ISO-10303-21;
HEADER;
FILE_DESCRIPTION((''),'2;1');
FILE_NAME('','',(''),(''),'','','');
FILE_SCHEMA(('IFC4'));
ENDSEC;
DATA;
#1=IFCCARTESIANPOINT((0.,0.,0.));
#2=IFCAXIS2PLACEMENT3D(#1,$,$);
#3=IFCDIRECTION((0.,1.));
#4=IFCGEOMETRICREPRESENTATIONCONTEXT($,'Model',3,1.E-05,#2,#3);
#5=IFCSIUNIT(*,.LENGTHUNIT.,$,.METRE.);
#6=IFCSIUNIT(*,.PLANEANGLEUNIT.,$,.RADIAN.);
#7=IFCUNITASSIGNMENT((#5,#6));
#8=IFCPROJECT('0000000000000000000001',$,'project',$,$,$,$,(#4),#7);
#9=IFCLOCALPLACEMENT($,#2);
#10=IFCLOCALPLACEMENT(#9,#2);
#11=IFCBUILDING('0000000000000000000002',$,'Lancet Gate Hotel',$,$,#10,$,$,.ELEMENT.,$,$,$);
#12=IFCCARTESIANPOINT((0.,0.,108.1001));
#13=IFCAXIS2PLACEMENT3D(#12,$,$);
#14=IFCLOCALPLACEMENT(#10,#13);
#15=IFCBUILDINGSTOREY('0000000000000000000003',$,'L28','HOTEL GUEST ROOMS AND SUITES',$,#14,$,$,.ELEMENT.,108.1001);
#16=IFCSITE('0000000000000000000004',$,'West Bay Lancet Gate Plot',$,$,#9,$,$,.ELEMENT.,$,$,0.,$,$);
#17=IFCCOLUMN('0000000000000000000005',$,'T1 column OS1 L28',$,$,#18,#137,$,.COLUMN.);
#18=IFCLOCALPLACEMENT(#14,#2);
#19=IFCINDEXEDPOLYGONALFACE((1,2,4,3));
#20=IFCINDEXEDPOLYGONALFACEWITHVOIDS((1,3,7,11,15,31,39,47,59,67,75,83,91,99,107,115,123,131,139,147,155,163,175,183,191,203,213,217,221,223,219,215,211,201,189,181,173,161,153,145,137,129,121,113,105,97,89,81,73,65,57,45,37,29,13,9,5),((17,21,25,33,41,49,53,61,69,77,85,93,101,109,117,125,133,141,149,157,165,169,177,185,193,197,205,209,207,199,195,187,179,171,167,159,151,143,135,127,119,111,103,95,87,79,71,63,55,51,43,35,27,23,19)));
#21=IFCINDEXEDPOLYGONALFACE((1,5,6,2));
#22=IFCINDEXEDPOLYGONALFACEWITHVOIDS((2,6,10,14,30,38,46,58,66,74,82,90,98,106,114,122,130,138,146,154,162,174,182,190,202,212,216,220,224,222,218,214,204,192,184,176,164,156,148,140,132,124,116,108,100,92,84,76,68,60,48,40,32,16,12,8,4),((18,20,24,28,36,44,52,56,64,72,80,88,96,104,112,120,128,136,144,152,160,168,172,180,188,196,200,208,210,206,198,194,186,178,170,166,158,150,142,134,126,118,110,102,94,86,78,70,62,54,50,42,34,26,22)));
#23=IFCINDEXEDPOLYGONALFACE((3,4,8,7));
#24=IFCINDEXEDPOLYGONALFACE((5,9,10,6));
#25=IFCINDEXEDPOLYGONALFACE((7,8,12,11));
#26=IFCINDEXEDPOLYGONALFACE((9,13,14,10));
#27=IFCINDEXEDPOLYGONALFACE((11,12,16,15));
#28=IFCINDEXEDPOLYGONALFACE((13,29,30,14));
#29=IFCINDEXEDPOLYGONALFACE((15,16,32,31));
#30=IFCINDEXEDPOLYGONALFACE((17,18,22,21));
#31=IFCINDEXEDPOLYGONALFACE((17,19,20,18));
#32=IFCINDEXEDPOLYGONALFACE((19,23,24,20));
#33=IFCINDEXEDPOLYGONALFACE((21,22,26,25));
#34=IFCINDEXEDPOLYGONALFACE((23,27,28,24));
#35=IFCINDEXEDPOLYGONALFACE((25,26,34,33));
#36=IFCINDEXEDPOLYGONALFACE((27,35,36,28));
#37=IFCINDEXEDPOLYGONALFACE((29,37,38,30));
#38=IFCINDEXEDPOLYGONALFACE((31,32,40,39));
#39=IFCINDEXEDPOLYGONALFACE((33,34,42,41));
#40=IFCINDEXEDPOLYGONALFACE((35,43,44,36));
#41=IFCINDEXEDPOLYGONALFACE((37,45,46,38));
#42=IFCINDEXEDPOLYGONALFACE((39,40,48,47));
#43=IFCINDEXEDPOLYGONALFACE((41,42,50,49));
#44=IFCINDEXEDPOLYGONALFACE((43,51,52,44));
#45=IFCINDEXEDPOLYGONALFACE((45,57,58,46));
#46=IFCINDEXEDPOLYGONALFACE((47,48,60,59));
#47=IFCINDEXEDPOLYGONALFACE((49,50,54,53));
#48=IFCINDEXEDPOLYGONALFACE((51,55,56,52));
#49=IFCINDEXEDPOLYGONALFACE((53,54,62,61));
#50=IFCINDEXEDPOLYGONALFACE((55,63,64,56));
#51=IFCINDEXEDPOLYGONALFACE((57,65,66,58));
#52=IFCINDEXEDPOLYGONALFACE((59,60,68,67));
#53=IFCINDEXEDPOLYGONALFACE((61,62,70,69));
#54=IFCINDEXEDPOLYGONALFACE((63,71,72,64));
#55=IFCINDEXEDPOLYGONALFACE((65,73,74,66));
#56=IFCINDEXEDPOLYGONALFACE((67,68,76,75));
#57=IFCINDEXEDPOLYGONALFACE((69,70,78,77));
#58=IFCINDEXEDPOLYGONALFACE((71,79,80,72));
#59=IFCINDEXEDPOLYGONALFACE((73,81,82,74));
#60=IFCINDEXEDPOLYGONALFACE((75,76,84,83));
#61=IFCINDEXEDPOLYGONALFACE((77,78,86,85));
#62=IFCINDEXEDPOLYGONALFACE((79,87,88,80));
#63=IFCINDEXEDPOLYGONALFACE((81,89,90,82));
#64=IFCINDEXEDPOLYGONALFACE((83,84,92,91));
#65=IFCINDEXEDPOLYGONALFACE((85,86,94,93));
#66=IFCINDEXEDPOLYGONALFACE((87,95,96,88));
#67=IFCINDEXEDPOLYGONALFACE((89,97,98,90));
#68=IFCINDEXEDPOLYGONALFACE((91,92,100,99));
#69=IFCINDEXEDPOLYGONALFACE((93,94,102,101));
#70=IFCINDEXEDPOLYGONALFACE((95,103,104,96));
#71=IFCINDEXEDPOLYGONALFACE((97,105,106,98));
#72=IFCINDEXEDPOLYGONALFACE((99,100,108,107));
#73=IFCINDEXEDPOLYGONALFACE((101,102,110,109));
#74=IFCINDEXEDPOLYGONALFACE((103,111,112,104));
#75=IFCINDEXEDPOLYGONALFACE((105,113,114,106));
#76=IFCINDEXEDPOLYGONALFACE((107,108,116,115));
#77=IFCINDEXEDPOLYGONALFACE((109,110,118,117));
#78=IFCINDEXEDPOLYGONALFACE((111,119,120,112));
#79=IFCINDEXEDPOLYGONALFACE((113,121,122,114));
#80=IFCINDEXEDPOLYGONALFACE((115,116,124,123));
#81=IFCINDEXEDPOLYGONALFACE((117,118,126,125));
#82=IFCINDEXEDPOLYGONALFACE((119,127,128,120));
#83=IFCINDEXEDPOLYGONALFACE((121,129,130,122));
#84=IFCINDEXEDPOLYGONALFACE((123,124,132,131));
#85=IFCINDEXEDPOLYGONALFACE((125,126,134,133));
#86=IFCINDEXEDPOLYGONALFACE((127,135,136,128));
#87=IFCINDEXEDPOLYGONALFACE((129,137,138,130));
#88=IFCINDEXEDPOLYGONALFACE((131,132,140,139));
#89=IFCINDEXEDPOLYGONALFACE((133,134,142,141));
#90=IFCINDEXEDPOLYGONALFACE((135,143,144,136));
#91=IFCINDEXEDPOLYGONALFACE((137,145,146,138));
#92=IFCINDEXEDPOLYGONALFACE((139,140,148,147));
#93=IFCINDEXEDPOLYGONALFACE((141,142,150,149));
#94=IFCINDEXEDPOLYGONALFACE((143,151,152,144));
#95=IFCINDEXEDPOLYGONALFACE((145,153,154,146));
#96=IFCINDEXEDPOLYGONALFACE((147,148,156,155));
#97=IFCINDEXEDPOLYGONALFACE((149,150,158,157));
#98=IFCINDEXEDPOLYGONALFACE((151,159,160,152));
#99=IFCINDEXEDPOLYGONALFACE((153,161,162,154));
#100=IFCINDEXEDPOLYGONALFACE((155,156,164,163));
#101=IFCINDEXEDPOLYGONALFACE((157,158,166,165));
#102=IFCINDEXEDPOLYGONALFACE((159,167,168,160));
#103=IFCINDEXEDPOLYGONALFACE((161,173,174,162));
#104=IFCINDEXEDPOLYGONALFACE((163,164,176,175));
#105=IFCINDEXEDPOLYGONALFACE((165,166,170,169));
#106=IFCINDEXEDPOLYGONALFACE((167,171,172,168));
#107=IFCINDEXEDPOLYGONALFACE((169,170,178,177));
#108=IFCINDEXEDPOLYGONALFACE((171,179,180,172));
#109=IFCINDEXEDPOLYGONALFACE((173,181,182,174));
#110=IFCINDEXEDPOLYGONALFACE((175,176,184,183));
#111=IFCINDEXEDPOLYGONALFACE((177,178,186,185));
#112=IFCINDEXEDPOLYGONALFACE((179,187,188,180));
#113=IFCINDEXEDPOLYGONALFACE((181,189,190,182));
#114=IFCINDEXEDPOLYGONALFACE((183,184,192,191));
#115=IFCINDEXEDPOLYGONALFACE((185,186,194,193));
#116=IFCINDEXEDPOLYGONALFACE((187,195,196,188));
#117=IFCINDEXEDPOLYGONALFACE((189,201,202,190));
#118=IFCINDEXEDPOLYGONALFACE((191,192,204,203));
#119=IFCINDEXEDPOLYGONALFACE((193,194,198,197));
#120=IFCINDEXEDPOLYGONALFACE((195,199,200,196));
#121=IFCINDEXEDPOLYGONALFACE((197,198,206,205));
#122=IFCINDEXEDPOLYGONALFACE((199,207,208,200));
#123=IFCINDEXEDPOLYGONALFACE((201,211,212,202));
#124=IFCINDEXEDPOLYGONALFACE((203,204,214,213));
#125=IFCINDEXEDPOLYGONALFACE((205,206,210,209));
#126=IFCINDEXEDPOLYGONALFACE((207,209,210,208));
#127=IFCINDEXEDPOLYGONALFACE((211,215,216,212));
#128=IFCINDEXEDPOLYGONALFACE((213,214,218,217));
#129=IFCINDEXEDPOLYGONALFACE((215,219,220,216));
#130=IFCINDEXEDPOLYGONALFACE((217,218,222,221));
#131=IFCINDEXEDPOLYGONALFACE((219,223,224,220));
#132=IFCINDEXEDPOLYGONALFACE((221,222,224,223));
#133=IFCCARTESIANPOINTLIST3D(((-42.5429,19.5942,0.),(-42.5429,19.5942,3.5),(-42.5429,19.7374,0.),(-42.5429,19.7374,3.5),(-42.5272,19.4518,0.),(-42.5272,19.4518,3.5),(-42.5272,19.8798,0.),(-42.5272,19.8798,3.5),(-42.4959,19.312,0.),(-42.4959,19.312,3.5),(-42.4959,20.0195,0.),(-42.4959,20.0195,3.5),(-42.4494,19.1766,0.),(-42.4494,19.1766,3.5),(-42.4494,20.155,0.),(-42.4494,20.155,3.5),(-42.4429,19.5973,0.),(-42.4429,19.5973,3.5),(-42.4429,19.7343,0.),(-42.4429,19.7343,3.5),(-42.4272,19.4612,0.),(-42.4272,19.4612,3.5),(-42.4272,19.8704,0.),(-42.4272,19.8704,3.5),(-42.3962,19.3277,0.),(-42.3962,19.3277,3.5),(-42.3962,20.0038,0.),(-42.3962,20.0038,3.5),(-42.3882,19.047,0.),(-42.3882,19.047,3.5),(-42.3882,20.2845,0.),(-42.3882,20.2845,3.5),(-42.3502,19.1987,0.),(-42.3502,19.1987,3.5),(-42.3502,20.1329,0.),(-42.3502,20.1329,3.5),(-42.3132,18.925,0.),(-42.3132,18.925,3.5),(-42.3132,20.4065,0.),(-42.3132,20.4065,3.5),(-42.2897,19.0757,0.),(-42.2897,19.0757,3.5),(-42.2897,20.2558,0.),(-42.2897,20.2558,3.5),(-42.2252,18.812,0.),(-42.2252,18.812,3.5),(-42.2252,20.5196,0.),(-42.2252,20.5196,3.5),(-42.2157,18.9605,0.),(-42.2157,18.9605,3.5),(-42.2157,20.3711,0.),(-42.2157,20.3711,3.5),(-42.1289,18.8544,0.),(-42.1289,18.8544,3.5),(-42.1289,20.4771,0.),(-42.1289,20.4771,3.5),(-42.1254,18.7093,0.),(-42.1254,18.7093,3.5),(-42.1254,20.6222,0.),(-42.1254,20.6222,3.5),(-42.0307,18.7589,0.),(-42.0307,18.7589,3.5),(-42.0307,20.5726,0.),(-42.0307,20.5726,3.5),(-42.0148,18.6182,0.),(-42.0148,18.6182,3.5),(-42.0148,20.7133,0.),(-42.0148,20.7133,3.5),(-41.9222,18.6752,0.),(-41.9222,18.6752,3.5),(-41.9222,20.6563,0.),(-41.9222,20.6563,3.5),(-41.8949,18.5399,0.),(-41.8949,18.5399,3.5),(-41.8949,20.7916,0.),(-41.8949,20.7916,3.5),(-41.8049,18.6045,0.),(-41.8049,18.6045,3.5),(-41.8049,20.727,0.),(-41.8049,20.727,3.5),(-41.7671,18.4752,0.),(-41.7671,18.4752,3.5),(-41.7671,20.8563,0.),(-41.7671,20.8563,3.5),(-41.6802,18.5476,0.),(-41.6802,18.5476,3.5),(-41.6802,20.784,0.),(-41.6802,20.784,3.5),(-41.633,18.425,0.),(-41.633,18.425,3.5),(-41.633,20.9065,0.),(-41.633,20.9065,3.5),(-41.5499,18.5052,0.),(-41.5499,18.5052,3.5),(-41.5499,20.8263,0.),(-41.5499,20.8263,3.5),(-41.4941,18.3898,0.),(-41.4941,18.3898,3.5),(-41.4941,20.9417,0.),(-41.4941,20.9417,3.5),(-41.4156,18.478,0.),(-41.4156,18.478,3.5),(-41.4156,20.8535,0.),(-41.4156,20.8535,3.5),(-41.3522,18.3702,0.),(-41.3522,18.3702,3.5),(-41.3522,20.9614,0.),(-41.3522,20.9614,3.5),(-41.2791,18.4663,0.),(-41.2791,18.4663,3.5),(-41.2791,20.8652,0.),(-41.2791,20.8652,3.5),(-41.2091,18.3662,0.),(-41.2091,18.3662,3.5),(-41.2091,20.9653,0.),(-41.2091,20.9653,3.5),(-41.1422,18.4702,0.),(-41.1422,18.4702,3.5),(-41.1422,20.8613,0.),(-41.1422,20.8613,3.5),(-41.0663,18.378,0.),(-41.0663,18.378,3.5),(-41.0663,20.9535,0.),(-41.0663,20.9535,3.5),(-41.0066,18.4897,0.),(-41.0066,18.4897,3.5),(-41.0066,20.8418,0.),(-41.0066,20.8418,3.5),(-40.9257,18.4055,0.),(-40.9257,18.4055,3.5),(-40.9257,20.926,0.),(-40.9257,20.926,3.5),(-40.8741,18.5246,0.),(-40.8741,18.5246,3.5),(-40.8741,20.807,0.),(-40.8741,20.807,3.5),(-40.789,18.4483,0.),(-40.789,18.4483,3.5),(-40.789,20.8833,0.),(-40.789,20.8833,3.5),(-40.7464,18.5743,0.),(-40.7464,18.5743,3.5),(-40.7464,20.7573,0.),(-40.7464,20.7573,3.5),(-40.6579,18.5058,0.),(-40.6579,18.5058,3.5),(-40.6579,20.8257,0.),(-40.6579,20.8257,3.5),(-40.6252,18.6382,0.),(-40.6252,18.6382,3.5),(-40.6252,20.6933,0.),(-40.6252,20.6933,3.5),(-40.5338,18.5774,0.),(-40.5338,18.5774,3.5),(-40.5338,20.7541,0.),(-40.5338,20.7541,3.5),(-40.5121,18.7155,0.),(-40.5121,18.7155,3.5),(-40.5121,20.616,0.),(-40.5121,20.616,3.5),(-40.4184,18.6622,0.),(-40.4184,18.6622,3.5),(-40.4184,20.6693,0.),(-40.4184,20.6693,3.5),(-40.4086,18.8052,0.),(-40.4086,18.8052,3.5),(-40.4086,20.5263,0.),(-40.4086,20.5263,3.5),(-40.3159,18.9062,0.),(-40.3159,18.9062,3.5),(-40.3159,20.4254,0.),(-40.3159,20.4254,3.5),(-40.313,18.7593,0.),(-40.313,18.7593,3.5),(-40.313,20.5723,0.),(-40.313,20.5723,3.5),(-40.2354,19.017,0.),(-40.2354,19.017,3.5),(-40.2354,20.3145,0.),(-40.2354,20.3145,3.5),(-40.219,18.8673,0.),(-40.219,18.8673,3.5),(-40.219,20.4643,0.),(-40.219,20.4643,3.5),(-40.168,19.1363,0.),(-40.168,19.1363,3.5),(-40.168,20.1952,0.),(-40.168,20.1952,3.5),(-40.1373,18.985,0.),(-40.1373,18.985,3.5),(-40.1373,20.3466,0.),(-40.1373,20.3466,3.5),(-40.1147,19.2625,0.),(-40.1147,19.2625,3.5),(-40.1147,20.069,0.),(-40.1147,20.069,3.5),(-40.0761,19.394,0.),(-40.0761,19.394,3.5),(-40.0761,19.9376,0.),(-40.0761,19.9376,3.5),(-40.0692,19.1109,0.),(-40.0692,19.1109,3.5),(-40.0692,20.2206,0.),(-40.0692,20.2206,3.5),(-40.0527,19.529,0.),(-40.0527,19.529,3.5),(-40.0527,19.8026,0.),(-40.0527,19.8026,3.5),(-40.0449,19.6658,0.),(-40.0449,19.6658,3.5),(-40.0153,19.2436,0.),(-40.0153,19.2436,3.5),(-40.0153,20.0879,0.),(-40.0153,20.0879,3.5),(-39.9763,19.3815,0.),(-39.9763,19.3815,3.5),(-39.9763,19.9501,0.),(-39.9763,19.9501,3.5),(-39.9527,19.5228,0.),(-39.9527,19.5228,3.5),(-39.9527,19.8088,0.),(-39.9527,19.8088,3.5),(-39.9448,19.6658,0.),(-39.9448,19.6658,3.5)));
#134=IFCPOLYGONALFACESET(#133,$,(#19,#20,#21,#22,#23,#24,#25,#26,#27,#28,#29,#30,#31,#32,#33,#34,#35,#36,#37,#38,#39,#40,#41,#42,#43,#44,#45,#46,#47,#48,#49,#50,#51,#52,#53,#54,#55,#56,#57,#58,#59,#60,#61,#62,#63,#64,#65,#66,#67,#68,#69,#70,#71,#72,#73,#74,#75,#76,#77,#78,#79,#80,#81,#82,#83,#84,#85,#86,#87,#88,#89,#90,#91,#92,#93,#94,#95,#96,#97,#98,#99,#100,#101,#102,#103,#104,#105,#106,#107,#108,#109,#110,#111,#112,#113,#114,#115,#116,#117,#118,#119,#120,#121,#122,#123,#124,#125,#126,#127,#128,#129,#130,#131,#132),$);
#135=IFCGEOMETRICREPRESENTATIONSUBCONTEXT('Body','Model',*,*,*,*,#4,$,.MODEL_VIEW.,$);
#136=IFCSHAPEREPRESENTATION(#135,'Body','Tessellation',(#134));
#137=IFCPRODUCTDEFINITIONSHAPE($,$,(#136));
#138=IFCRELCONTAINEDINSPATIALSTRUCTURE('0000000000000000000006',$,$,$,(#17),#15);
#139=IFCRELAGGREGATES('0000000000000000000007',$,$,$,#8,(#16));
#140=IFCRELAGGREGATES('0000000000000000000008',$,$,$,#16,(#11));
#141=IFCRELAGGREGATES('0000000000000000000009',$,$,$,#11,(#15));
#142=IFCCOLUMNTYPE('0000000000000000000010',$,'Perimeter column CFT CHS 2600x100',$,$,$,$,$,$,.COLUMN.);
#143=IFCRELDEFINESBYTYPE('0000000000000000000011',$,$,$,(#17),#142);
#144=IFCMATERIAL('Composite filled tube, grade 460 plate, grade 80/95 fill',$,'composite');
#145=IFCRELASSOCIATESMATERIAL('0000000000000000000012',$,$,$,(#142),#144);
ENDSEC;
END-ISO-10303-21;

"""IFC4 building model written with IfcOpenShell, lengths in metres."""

from ifc_helpers import new_model, si_unit, direction, frame, origin, origin_2d, place, context, subcontext, project, spatial, hollow_circle, extrude, material, material_profile, profile_set, type_object, element, save


model = new_model("IFC4")

# Units and contexts
model_context = context("Model", 3, precision=1e-05, world=origin(), true_north=direction((0.0, 1.0)))
body_context = subcontext(model_context, "Body", "Model", "MODEL_VIEW")
ifc_project = project(units=[si_unit("LENGTHUNIT", "METRE"), si_unit("PLANEANGLEUNIT", "RADIAN")], contexts=[model_context])

# Site, building, storey
site_placement = place(None, origin())
site = spatial("IfcSite", under=ifc_project, at=site_placement, Name="West Bay Lancet Gate Plot", CompositionType="ELEMENT", RefElevation=0.0)
building_placement = place(site_placement, origin())
building = spatial("IfcBuilding", under=site, at=building_placement, Name="Lancet Gate Hotel", CompositionType="ELEMENT")
storey_placement = place(building_placement, frame((0.0, 0.0, 108.1001)))
storey = spatial("IfcBuildingStorey", under=building, at=storey_placement, Name="L28", Description="HOTEL GUEST ROOMS AND SUITES", CompositionType="ELEMENT", Elevation=108.1001)

# Column
ifc_material_1 = material(Name="Composite filled tube, grade 460 plate, grade 80/95 fill", Category="composite")
ifc_material_profile_1 = material_profile(ifc_material_1, hollow_circle(Radius=1.3, WallThickness=0.1001, at=origin_2d()), Name="CHS 2600x100")
ifc_profile_set_1 = profile_set([ifc_material_profile_1], Name="Composite filled tube, grade 460 plate, grade 80/95 fill")
column_type = type_object("IfcColumnType", Name="Perimeter column CFT CHS 2600x100", PredefinedType="COLUMN", material=ifc_profile_set_1)
for number, where, z_axis, x_axis, name in (
    (1, (-41.2449, 19.6658, 0.0), (0.0, 0.0, 1.0), (1.0, 0.0, 0.0), "T1 column OS1 L28"),
):
    element("IfcColumn", number, at=place(storey_placement, frame(where, z_axis=z_axis, x_axis=x_axis)), inside=storey, type_object=column_type, Name=name, PredefinedType="COLUMN", context=body_context, shape_type="SweptSolid", body=[
        extrude(hollow_circle(Radius=1.3, WallThickness=0.1001, at=origin_2d()), origin(), (0.0, 0.0, 1.0), 3.5),
    ])

save(model, "model.ifc")
